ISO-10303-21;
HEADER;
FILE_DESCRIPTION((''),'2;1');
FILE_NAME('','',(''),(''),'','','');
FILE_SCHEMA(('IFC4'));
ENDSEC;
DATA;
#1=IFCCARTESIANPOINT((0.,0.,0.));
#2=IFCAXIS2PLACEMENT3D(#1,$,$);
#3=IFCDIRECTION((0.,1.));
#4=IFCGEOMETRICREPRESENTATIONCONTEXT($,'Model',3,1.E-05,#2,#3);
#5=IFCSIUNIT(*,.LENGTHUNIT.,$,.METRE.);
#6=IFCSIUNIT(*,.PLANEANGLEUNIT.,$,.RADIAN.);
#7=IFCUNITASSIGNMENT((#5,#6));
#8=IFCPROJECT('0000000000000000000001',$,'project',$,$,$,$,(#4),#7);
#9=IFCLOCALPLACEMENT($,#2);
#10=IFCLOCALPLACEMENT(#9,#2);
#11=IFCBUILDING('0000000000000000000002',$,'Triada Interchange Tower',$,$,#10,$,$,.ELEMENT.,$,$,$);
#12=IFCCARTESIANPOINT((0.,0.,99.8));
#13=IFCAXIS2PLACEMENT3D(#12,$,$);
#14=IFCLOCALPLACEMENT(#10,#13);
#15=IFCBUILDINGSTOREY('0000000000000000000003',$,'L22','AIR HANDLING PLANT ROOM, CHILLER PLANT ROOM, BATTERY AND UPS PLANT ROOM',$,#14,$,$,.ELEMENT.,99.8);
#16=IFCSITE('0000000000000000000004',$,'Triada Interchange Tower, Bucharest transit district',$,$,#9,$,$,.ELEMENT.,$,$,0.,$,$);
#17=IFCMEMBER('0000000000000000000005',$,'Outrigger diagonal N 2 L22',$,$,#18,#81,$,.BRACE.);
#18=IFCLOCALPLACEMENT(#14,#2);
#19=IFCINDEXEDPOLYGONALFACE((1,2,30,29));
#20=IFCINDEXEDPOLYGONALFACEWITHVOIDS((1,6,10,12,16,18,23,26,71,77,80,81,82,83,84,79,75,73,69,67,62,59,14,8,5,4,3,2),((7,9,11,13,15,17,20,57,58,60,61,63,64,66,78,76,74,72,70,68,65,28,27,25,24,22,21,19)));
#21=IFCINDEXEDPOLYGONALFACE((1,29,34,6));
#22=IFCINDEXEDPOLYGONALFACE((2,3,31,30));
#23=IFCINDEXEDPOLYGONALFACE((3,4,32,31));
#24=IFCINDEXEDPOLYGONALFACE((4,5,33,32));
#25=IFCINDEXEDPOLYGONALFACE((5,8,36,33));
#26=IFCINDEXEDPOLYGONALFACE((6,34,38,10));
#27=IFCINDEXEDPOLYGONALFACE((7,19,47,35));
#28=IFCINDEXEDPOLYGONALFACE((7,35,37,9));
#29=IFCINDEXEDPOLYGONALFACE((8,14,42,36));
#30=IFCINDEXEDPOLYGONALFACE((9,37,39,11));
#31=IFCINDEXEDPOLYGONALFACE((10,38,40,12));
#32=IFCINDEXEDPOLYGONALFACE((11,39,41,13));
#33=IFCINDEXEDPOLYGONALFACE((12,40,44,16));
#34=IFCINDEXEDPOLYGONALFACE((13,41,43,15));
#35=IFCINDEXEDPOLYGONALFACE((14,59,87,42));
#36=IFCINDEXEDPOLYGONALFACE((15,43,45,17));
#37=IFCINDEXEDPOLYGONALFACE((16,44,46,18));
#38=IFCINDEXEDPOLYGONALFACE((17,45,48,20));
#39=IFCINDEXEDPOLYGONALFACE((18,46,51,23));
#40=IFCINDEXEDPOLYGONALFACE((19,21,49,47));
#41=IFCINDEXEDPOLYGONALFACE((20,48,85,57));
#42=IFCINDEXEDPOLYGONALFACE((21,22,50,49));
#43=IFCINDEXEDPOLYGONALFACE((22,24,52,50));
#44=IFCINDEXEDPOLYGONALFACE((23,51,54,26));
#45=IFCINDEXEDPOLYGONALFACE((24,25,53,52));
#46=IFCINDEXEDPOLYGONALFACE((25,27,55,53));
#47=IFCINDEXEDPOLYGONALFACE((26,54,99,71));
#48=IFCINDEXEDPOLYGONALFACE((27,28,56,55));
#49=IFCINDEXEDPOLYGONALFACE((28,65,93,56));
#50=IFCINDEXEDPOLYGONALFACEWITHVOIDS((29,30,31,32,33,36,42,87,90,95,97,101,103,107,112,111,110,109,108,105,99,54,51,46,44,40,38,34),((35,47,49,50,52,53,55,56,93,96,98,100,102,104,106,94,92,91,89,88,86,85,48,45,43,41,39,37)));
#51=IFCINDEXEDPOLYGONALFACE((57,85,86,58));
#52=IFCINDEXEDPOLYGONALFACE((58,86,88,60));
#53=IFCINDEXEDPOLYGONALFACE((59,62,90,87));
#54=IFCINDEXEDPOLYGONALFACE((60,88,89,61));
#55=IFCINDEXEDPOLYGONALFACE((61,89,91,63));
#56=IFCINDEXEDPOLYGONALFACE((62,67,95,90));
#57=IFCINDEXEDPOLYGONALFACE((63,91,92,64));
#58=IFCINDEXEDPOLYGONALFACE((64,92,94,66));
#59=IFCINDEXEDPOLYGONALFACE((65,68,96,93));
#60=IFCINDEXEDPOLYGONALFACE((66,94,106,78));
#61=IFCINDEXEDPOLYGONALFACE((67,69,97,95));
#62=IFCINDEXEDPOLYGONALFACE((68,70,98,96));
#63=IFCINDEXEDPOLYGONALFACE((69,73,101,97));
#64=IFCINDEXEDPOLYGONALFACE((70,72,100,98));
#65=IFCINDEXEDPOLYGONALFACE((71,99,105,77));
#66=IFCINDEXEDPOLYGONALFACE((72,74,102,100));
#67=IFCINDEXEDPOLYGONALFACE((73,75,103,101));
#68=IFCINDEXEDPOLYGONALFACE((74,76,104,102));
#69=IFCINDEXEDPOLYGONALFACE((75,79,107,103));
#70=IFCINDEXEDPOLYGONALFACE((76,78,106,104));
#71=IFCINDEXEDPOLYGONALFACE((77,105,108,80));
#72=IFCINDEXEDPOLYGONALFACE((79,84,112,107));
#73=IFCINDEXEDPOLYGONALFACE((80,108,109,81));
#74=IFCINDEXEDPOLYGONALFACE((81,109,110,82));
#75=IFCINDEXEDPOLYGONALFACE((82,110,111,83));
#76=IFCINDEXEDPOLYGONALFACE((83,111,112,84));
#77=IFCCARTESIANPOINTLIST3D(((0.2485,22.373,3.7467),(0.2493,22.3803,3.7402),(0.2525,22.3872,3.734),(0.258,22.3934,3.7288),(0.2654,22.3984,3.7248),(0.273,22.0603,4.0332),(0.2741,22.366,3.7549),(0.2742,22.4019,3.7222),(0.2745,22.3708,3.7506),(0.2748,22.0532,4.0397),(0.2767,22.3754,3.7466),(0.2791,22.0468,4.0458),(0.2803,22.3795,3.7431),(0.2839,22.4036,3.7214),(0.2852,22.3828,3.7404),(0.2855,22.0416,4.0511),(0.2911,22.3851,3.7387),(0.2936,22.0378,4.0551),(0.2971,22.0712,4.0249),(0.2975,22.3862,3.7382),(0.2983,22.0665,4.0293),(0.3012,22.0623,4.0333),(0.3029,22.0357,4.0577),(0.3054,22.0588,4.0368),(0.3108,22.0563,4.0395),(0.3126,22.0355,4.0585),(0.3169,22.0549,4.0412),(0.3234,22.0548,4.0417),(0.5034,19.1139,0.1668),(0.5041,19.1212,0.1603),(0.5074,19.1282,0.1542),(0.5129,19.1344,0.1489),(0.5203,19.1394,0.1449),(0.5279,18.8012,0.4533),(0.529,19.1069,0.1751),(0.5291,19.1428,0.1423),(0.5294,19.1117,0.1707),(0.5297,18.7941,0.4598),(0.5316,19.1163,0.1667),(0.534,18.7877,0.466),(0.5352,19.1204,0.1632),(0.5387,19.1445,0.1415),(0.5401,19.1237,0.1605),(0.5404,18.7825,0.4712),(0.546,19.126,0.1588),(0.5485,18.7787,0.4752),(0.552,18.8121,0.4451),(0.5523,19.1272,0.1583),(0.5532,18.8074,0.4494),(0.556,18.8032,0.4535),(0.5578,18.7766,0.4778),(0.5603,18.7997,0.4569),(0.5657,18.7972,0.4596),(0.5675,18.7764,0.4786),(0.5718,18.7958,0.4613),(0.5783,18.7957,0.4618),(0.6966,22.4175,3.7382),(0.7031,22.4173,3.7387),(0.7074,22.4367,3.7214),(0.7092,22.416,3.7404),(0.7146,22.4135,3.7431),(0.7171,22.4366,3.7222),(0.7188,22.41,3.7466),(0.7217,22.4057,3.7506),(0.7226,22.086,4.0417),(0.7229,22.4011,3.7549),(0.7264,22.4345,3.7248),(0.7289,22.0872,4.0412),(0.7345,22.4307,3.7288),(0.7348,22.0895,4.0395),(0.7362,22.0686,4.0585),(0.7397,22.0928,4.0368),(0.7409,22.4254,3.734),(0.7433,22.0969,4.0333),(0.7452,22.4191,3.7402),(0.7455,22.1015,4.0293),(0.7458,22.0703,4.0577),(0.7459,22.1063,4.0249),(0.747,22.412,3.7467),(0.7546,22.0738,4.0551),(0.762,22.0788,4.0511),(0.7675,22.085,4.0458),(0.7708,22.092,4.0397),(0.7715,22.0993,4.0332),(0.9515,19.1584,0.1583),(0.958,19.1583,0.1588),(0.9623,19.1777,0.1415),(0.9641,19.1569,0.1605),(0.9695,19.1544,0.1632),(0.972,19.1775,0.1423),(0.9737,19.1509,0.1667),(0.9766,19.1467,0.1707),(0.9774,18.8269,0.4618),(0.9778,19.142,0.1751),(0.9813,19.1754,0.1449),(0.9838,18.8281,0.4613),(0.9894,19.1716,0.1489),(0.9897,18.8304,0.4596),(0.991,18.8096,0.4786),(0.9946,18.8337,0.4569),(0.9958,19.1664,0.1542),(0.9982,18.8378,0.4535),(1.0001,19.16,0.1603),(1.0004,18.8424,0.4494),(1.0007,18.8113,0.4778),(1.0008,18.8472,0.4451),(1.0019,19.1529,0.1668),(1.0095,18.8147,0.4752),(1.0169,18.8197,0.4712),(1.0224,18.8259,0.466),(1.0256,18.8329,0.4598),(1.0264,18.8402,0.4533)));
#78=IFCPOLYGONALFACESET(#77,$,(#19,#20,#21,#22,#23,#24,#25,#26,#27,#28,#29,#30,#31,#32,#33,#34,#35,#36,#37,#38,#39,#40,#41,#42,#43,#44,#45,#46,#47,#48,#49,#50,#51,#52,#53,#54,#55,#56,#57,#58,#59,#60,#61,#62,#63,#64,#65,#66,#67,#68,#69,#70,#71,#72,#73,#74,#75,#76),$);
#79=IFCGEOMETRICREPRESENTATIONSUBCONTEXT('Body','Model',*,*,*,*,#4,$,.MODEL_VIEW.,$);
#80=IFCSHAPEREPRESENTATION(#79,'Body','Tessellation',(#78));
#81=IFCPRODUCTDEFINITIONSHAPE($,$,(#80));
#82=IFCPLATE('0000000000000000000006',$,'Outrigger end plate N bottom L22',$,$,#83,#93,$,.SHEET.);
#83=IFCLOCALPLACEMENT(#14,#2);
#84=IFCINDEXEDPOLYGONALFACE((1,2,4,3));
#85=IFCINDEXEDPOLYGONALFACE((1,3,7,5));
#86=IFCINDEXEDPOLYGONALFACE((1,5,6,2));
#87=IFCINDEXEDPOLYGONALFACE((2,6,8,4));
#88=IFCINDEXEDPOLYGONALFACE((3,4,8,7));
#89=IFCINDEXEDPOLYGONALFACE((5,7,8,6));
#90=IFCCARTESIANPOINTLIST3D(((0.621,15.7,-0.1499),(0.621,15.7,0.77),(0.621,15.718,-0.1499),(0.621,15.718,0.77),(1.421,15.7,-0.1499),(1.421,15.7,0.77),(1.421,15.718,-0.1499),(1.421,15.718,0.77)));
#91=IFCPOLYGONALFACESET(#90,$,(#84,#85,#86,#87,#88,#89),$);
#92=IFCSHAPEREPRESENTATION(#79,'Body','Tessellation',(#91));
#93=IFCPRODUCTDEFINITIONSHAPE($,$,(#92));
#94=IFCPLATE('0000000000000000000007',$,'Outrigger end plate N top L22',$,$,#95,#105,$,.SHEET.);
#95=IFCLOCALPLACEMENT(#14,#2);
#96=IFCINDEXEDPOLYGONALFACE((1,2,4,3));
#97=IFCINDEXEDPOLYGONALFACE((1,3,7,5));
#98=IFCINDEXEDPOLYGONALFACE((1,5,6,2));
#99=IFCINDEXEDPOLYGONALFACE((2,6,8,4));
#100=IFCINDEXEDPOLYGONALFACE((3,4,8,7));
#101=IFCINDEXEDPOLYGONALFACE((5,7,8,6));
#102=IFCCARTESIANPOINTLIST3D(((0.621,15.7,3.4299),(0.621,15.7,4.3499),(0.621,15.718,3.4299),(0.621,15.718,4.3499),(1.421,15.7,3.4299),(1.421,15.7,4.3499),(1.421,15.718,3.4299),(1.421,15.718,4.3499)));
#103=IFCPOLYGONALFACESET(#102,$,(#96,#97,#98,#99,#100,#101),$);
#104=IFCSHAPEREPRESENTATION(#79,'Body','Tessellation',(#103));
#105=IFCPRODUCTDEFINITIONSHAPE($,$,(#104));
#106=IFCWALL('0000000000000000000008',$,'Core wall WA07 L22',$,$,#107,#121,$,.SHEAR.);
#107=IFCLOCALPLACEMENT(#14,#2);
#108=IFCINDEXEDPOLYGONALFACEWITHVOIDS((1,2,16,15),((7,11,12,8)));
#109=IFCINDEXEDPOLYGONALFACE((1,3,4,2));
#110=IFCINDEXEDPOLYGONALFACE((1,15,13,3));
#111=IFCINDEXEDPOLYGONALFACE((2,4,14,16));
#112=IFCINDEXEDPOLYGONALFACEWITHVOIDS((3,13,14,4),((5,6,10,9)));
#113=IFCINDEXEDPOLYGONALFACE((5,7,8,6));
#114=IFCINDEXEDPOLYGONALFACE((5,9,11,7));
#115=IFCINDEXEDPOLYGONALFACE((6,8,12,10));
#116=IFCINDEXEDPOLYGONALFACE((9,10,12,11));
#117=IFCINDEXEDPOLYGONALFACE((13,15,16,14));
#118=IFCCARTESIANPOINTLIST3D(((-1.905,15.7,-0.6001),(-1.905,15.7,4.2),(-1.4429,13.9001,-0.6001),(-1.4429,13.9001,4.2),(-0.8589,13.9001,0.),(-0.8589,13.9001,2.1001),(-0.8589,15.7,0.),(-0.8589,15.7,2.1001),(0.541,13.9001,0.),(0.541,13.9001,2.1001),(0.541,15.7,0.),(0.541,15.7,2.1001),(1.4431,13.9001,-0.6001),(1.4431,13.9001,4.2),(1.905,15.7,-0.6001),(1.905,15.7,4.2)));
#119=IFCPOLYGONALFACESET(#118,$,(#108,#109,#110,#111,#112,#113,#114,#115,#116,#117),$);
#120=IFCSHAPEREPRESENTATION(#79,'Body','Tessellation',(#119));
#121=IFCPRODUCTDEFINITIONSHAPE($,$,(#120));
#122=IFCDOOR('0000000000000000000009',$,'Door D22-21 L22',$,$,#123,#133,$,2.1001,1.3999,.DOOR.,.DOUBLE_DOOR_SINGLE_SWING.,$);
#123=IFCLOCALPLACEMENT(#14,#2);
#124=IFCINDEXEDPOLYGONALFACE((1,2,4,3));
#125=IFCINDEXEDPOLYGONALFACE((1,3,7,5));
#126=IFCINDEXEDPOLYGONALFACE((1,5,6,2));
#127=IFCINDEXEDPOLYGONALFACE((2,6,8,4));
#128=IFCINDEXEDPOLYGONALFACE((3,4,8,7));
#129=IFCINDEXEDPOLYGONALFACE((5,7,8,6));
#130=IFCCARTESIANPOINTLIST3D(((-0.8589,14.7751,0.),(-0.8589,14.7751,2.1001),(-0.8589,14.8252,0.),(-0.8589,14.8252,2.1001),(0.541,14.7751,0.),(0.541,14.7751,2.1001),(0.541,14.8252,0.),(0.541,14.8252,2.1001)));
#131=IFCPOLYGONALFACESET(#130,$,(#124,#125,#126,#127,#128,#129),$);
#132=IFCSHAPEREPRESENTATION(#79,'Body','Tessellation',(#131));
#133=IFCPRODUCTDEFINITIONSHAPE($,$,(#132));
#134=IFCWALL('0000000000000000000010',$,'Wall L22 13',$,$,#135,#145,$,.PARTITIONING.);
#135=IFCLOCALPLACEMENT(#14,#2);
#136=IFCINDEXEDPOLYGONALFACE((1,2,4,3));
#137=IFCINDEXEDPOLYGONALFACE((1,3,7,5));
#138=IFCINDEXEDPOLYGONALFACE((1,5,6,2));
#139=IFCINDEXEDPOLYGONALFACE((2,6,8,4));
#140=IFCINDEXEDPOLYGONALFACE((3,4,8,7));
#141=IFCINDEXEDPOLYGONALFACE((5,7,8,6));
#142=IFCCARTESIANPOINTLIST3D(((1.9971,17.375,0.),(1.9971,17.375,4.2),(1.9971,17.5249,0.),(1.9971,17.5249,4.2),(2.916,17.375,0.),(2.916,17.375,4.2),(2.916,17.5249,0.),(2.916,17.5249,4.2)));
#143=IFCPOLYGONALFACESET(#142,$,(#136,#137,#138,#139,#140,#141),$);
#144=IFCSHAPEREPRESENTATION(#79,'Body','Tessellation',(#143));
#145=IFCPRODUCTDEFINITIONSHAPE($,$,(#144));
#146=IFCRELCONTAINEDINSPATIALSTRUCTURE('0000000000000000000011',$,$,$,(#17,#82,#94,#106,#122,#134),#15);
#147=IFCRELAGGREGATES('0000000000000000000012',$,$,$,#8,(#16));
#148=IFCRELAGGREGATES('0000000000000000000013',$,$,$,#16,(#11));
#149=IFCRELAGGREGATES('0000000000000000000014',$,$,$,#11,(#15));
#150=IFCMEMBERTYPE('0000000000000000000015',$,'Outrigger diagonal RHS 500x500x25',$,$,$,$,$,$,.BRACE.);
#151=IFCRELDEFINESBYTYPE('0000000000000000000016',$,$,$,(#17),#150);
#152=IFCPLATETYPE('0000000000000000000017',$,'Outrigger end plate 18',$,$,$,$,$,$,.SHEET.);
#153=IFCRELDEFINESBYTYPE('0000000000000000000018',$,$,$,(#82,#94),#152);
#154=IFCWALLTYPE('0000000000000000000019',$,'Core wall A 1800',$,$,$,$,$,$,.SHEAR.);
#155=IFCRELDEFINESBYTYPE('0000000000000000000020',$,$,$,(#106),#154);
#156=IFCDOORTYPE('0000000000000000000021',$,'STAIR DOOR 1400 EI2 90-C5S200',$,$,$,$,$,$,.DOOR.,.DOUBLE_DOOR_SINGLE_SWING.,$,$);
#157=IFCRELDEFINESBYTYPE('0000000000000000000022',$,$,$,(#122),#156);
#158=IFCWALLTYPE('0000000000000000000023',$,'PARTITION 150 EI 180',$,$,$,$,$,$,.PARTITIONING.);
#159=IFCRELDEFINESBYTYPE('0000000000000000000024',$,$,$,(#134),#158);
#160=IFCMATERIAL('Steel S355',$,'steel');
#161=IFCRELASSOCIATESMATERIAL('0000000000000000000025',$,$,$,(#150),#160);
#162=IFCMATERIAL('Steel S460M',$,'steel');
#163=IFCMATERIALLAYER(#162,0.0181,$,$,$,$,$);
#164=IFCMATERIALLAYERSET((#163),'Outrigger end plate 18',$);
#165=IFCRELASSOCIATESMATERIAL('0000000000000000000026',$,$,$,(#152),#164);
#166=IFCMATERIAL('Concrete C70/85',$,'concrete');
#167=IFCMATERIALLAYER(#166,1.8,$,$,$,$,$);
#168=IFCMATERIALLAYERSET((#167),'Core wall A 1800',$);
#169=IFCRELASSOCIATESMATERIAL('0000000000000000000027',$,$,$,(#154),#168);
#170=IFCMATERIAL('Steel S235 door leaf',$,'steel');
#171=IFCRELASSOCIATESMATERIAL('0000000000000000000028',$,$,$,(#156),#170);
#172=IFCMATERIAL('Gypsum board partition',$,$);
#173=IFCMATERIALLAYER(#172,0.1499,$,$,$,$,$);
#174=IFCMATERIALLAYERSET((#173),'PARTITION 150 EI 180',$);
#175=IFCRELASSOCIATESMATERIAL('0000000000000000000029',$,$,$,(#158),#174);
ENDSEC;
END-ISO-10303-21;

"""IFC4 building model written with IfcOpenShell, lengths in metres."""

from ifc_helpers import new_model, si_unit, direction, frame, frame_2d, origin, origin_2d, place, context, subcontext, project, spatial, polyline, rectangle, hollow_rectangle, outline, extrude, material, layer, layer_set, material_profile, profile_set, type_object, element, fill, save


model = new_model("IFC4")

# Units and contexts
model_context = context("Model", 3, precision=1e-05, world=origin(), true_north=direction((0.0, 1.0)))
body_context = subcontext(model_context, "Body", "Model", "MODEL_VIEW")
ifc_project = project(units=[si_unit("LENGTHUNIT", "METRE"), si_unit("PLANEANGLEUNIT", "RADIAN")], contexts=[model_context])

# Site, building, storey
site_placement = place(None, origin())
site = spatial("IfcSite", under=ifc_project, at=site_placement, Name="Triada Interchange Tower, Bucharest transit district", CompositionType="ELEMENT", RefElevation=0.0)
building_placement = place(site_placement, origin())
building = spatial("IfcBuilding", under=site, at=building_placement, Name="Triada Interchange Tower", CompositionType="ELEMENT")
storey_placement = place(building_placement, frame((0.0, 0.0, 99.8)))
storey = spatial("IfcBuildingStorey", under=building, at=storey_placement, Name="L22", Description="AIR HANDLING PLANT ROOM, CHILLER PLANT ROOM, BATTERY AND UPS PLANT ROOM", CompositionType="ELEMENT", Elevation=99.8)

# Shared definitions
ifc_material_1 = material(Name="Concrete C70/85", Category="concrete")

# Shared definitions
ifc_material_2 = material(Name="Steel S355", Category="steel")

# Member
ifc_material_3 = material(Name="Steel S460M", Category="steel")
ifc_material_profile_1 = material_profile(ifc_material_2, hollow_rectangle(XDim=0.5, YDim=0.5, WallThickness=0.0249, InnerFilletRadius=0.0249, OuterFilletRadius=0.0376, at=origin_2d()), Name="RHS 500x500x25")
ifc_profile_set_1 = profile_set([ifc_material_profile_1], Name="Steel S355")
member_type_1 = type_object("IfcMemberType", Name="Outrigger diagonal RHS 500x500x25", PredefinedType="BRACE", material=ifc_profile_set_1)
for number, where, z_axis, x_axis, name in (
    (1, (0.7649, 18.9771, 0.3101), (-0.052577, 0.672266, 0.73844), (-0.996956, -0.07797, 0.0), "Outrigger diagonal N 2 L22"),
):
    element("IfcMember", number, at=place(storey_placement, frame(where, z_axis=z_axis, x_axis=x_axis)), inside=storey, type_object=member_type_1, Name=name, PredefinedType="BRACE", context=body_context, shape_type="SweptSolid", body=[
        extrude(hollow_rectangle(XDim=0.5, YDim=0.5, WallThickness=0.0249, InnerFilletRadius=0.0249, OuterFilletRadius=0.0376, at=origin_2d()), origin(), (0.0, 0.0, 1.0), 4.8479),
    ])

# Plates
ifc_layer_1 = layer(ifc_material_3, 0.0181)
ifc_layer_set_1 = layer_set([ifc_layer_1], Name="Outrigger end plate 18")
plate_type = type_object("IfcPlateType", Name="Outrigger end plate 18", PredefinedType="SHEET", material=ifc_layer_set_1)
for number, where, z_axis, x_axis, name in (
    (2, (1.021, 15.709, -0.1499), (0.0, 0.0, 1.0), (0.0, 1.0, 0.0), "Outrigger end plate N bottom L22"),
    (3, (1.021, 15.709, 3.4299), (0.0, 0.0, 1.0), (0.0, 1.0, 0.0), "Outrigger end plate N top L22"),
):
    element("IfcPlate", number, at=place(storey_placement, frame(where, z_axis=z_axis, x_axis=x_axis)), inside=storey, type_object=plate_type, Name=name, PredefinedType="SHEET", context=body_context, shape_type="SweptSolid", body=[
        extrude(rectangle(XDim=0.0181, YDim=0.8, at=origin_2d()), origin(), (0.0, 0.0, 1.0), 0.9199),
    ])

# Wall, opening, door
ifc_layer_2 = layer(ifc_material_1, 1.8)
ifc_layer_set_2 = layer_set([ifc_layer_2], Name="Core wall A 1800")
wall_type_1 = type_object("IfcWallType", Name="Core wall A 1800", PredefinedType="SHEAR", material=ifc_layer_set_2)
wall_1_placement = place(storey_placement, frame((1.6741, 14.8, -0.6001), z_axis=(0.0, 0.0, 1.0), x_axis=(-1.0, 0.0, 0.0)))
wall_1 = element("IfcWall", 4, at=wall_1_placement, inside=storey, type_object=wall_type_1, Name="Core wall WA07 L22", PredefinedType="SHEAR", context=body_context, shape_type="SweptSolid", body=[
    extrude(outline(polyline([(-0.231, -0.8999), (1.6741, -0.8999), (3.5791, -0.8999), (3.1169, 0.8999), (1.6738, 0.8999), (0.231, 0.8999), (-0.231, -0.8999)])), origin(), (0.0, 0.0, 1.0), 4.8),
])
opening_1_placement = place(wall_1_placement, frame((1.1331, 0.0, 0.6001)))
opening_1 = element("IfcOpeningElement", 5, at=opening_1_placement, cuts=wall_1, PredefinedType="OPENING", context=body_context, shape_type="SweptSolid", body=[
    extrude(rectangle(XDim=1.3999, YDim=2.1001, at=frame_2d((0.7, 1.05))), frame((0.0, 0.9099, 0.0), z_axis=(0.0, -1.0, 0.0), x_axis=(1.0, 0.0, 0.0)), (0.0, 0.0, 1.0), 1.8201),
])
ifc_material_4 = material(Name="Steel S235 door leaf", Category="steel")
door_type_1 = type_object("IfcDoorType", Name="STAIR DOOR 1400 EI2 90-C5S200", OperationType="DOUBLE_DOOR_SINGLE_SWING", PredefinedType="DOOR", material=ifc_material_4)
door_1_placement = place(opening_1_placement, origin())
door_1 = element("IfcDoor", 6, at=door_1_placement, inside=storey, type_object=door_type_1, Name="Door D22-21 L22", OperationType="DOUBLE_DOOR_SINGLE_SWING", OverallHeight=2.1001, OverallWidth=1.3999, PredefinedType="DOOR", context=body_context, shape_type="SweptSolid", body=[
    extrude(rectangle(XDim=1.3999, YDim=2.1001, at=frame_2d((0.7, 1.05))), frame((0.0, 0.0249, 0.0), z_axis=(0.0, -1.0, 0.0), x_axis=(1.0, 0.0, 0.0)), (0.0, 0.0, 1.0), 0.05),
])
fill(opening_1, door_1)

# Wall
ifc_material_5 = material(Name="Gypsum board partition")
ifc_layer_3 = layer(ifc_material_5, 0.1499)
ifc_layer_set_3 = layer_set([ifc_layer_3], Name="PARTITION 150 EI 180")
wall_type_2 = type_object("IfcWallType", Name="PARTITION 150 EI 180", PredefinedType="PARTITIONING", material=ifc_layer_set_3)
wall_2_placement = place(storey_placement, frame((1.9971, 17.45, 0.0), z_axis=(0.0, 0.0, 1.0), x_axis=(1.0, 0.0, 0.0)))
element("IfcWall", 7, at=wall_2_placement, inside=storey, type_object=wall_type_2, Name="Wall L22 13", PredefinedType="PARTITIONING", context=body_context, shape_type="SweptSolid", body=[
    extrude(rectangle(XDim=0.9189, YDim=0.1499, at=frame_2d((0.4595, 0.0))), origin(), (0.0, 0.0, 1.0), 4.2),
])

save(model, "model.ifc")
